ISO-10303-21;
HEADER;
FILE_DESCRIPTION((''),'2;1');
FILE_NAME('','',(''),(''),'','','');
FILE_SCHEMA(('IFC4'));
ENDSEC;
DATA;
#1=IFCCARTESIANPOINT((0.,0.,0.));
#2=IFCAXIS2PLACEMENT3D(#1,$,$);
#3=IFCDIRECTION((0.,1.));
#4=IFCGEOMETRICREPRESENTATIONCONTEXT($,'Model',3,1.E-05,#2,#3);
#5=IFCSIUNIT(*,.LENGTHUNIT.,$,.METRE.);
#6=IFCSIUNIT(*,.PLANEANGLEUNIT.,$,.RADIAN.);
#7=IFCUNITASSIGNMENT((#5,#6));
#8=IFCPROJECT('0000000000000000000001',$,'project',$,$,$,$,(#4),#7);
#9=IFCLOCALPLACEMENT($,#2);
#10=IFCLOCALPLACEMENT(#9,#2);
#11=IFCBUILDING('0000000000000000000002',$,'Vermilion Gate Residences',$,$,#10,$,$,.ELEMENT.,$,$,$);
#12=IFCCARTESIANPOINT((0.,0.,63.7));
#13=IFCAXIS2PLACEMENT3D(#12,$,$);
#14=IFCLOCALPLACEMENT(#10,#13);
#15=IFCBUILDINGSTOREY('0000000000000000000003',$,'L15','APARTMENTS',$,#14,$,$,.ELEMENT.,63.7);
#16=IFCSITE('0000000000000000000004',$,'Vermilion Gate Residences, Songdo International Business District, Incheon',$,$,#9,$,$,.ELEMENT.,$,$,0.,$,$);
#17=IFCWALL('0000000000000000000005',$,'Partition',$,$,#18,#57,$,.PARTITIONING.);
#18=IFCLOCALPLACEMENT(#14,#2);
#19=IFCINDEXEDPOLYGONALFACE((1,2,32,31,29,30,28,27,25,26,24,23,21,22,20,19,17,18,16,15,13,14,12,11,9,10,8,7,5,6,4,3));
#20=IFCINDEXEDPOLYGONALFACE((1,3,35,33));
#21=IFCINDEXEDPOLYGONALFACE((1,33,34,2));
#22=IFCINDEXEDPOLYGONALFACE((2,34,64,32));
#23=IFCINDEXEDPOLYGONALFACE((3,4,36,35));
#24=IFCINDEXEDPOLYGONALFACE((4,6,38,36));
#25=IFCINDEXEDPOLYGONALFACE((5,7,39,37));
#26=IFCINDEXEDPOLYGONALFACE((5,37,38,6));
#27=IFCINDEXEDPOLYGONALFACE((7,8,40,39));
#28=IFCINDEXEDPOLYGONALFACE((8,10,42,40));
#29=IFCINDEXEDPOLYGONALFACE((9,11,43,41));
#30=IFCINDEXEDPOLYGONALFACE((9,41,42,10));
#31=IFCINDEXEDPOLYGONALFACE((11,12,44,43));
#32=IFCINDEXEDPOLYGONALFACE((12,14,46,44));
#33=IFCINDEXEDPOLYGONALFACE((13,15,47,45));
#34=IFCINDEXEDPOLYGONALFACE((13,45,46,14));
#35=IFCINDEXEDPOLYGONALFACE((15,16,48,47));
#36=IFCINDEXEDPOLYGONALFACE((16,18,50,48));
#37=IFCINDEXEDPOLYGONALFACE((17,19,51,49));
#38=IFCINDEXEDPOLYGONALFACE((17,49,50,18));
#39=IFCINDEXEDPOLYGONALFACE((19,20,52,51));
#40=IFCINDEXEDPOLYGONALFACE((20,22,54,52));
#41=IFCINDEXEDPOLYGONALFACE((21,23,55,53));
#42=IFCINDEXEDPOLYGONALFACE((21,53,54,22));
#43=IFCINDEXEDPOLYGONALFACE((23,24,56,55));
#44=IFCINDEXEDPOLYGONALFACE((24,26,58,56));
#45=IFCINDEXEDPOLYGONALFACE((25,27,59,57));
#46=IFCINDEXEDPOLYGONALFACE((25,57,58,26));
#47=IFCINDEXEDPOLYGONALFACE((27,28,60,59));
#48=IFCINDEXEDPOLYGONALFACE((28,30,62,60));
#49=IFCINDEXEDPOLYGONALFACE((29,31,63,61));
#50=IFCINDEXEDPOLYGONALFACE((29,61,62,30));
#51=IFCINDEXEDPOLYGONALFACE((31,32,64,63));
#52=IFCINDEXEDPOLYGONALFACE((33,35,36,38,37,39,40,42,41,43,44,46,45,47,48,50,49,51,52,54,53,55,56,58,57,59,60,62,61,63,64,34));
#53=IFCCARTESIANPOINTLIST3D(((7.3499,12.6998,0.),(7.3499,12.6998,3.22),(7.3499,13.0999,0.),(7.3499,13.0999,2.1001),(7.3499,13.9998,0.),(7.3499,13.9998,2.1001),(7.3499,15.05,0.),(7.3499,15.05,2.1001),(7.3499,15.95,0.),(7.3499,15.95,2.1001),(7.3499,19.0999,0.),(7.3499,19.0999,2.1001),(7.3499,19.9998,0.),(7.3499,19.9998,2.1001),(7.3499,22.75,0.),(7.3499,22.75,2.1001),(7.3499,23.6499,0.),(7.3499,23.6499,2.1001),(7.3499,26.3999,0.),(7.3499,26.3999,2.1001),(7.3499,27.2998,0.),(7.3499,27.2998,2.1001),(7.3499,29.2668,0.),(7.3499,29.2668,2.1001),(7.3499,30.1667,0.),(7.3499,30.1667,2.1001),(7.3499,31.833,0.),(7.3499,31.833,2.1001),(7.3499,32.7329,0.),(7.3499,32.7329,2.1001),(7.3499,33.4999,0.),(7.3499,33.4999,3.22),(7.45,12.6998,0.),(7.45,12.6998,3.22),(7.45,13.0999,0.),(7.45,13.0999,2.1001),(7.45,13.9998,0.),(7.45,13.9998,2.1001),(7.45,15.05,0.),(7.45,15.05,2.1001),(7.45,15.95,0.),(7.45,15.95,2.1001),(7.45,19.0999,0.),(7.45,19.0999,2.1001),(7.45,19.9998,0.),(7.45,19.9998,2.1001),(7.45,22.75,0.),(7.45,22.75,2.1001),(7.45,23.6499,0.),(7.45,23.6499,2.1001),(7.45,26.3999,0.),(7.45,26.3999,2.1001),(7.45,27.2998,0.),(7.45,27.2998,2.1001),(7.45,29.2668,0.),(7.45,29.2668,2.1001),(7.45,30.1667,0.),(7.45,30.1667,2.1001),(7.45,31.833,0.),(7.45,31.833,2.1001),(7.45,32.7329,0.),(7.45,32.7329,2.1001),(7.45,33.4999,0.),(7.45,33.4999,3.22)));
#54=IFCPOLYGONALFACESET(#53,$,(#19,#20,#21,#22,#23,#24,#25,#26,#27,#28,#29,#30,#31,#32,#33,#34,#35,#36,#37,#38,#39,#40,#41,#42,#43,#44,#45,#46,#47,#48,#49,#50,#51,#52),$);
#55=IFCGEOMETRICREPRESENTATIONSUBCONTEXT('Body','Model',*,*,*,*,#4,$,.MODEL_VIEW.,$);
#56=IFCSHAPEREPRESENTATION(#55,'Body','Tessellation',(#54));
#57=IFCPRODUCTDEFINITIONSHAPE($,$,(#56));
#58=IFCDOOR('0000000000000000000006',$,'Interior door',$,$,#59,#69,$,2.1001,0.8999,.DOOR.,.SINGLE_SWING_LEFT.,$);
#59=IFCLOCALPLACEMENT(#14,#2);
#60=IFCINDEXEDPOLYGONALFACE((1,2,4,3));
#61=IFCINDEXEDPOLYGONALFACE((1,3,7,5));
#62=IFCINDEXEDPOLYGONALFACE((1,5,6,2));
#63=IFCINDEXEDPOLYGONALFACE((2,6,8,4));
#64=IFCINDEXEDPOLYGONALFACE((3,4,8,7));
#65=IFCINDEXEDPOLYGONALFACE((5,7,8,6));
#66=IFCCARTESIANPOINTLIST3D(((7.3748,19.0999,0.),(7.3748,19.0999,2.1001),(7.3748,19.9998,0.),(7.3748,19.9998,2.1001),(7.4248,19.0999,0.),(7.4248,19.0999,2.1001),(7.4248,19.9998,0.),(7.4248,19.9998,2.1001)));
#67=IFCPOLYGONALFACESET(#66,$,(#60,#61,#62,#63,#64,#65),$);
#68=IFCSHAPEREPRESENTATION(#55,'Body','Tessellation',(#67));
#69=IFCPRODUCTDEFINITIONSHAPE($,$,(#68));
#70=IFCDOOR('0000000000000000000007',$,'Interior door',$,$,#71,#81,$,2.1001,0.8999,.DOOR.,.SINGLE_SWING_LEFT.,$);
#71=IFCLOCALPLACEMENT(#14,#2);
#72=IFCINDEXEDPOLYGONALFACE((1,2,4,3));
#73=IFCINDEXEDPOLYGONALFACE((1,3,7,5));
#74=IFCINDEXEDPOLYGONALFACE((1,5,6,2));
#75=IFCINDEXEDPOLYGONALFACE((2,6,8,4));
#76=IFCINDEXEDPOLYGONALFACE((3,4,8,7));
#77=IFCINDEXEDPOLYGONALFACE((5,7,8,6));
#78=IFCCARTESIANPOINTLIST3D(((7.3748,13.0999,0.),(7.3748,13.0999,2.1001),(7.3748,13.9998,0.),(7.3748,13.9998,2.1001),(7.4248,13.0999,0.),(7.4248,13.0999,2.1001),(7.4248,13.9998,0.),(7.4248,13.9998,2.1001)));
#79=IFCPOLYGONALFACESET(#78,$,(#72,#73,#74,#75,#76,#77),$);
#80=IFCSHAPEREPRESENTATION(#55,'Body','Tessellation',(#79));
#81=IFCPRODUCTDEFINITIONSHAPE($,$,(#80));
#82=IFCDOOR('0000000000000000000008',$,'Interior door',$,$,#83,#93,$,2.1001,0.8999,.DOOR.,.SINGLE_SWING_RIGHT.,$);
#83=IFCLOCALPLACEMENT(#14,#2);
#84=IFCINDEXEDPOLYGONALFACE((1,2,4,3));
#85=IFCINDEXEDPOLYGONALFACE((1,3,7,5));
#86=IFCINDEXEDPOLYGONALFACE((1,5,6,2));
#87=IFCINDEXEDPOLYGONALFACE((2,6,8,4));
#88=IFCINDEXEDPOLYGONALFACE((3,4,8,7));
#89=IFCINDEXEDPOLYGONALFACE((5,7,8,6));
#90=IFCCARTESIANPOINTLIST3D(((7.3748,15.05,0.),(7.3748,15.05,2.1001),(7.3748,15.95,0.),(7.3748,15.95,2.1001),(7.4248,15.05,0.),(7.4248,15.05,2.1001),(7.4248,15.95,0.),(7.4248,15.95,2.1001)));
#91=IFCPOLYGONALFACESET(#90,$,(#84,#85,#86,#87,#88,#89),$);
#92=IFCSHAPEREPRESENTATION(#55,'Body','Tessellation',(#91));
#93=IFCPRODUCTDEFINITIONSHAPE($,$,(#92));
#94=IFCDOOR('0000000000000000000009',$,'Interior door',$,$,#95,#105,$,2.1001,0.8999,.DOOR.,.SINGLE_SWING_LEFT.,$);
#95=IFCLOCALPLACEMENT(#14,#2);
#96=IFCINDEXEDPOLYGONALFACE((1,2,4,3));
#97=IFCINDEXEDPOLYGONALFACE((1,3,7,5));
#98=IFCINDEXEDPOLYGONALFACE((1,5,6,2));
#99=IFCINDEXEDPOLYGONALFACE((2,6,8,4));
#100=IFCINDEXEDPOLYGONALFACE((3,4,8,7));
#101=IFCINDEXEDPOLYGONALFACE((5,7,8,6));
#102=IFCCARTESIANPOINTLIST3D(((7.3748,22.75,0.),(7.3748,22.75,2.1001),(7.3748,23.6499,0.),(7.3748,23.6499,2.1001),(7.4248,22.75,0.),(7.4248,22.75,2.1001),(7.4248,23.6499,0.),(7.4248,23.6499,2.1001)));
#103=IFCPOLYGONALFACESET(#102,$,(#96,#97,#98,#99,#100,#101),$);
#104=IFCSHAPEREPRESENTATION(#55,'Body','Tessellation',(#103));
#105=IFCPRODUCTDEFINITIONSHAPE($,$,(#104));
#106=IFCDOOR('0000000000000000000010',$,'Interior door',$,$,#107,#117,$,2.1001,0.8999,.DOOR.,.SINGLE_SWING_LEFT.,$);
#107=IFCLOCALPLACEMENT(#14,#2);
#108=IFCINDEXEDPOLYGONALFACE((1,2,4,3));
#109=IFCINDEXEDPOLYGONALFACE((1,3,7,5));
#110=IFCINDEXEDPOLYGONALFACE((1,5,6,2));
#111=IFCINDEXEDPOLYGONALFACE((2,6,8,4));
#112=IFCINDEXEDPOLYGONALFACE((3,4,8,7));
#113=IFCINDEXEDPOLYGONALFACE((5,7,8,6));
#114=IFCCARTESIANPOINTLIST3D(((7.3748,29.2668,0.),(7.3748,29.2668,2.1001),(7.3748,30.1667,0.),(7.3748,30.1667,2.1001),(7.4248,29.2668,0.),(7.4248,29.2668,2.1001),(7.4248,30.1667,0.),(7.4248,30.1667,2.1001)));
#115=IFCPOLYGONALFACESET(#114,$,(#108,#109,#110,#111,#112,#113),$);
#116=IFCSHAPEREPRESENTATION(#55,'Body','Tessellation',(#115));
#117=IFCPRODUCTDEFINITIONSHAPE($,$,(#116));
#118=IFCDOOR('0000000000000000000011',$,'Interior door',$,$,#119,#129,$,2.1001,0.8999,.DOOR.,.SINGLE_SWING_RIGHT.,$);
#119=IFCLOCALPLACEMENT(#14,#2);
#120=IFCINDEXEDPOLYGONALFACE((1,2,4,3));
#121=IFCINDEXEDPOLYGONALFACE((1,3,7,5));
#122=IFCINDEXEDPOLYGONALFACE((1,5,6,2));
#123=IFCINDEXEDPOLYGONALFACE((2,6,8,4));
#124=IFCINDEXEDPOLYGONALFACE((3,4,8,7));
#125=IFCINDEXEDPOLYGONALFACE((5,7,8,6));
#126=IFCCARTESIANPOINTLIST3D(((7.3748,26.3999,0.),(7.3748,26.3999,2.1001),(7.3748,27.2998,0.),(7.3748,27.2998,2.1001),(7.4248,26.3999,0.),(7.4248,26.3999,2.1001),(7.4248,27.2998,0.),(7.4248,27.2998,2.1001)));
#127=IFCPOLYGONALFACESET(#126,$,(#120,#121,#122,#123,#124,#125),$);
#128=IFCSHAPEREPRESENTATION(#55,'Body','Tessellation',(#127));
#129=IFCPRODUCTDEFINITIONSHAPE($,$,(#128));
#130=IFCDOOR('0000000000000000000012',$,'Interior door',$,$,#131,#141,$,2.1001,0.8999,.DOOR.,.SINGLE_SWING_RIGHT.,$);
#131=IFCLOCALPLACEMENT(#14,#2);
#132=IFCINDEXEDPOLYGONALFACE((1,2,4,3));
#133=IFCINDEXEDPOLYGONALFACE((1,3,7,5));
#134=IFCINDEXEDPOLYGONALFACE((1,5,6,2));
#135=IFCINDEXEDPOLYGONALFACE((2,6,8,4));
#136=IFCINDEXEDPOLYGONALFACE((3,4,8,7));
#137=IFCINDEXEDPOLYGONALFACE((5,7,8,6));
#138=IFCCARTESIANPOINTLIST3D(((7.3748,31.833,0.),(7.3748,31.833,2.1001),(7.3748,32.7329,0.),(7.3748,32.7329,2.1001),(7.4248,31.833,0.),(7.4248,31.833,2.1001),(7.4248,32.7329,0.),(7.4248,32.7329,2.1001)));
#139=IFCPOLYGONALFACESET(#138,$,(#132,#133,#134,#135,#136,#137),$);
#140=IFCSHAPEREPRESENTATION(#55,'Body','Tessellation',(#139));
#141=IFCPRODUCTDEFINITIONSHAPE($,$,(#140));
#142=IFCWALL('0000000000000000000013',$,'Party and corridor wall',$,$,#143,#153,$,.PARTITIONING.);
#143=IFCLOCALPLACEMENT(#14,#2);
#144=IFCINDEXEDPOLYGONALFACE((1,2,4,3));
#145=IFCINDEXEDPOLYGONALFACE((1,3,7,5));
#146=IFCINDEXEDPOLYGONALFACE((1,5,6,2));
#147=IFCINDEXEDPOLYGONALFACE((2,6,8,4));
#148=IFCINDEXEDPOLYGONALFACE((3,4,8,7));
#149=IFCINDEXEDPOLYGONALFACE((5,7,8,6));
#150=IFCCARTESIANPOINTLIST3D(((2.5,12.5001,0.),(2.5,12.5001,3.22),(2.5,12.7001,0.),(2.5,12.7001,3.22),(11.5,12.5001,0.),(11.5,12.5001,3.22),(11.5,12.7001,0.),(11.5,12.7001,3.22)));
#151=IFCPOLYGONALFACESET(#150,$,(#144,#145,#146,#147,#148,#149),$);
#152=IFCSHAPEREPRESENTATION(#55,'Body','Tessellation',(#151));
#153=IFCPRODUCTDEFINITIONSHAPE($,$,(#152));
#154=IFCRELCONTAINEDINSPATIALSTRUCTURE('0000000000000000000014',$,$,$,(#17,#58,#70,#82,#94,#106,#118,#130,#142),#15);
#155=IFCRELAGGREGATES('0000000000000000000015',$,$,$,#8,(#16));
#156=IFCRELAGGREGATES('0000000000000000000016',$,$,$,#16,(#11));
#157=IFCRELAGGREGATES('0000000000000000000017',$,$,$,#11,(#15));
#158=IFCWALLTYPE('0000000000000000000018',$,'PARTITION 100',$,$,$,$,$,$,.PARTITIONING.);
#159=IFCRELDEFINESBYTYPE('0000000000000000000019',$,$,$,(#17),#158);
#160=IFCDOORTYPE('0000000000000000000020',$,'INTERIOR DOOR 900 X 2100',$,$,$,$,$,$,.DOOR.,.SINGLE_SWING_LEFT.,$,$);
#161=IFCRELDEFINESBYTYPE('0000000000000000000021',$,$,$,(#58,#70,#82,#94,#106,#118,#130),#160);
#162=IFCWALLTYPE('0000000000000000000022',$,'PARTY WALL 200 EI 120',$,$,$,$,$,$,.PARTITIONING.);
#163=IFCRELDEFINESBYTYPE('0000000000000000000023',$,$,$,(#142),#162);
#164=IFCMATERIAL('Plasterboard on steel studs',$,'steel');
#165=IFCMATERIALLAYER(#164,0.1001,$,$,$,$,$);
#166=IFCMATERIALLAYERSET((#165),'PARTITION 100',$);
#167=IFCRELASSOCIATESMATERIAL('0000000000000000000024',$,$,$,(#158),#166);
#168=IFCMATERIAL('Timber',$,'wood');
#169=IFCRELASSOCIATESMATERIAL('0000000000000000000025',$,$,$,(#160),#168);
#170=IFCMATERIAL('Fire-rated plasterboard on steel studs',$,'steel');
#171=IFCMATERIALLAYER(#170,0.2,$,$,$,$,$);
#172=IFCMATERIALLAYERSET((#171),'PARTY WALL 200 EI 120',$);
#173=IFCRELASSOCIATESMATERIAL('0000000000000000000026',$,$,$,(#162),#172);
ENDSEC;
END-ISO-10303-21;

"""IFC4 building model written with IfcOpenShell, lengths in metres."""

from ifc_helpers import new_model, si_unit, direction, frame, frame_2d, origin, place, context, subcontext, project, spatial, rectangle, extrude, material, layer, layer_set, type_object, element, fill, save


model = new_model("IFC4")

# Units and contexts
model_context = context("Model", 3, precision=1e-05, world=origin(), true_north=direction((0.0, 1.0)))
body_context = subcontext(model_context, "Body", "Model", "MODEL_VIEW")
ifc_project = project(units=[si_unit("LENGTHUNIT", "METRE"), si_unit("PLANEANGLEUNIT", "RADIAN")], contexts=[model_context])

# Site, building, storey
site_placement = place(None, origin())
site = spatial("IfcSite", under=ifc_project, at=site_placement, Name="Vermilion Gate Residences, Songdo International Business District, Incheon", CompositionType="ELEMENT", RefElevation=0.0)
building_placement = place(site_placement, origin())
building = spatial("IfcBuilding", under=site, at=building_placement, Name="Vermilion Gate Residences", CompositionType="ELEMENT")
storey_placement = place(building_placement, frame((0.0, 0.0, 63.7)))
storey = spatial("IfcBuildingStorey", under=building, at=storey_placement, Name="L15", Description="APARTMENTS", CompositionType="ELEMENT", Elevation=63.7)

# Shared definitions
ifc_material_1 = material(Name="Plasterboard on steel studs", Category="steel")
ifc_layer_1 = layer(ifc_material_1, 0.1001)
ifc_layer_set_1 = layer_set([ifc_layer_1], Name="PARTITION 100")
wall_type_1 = type_object("IfcWallType", Name="PARTITION 100", PredefinedType="PARTITIONING", material=ifc_layer_set_1)

# Wall, openings, doors
ifc_material_2 = material(Name="Timber", Category="wood")
door_type = type_object("IfcDoorType", Name="INTERIOR DOOR 900 X 2100", OperationType="SINGLE_SWING_LEFT", PredefinedType="DOOR", material=ifc_material_2)
wall_1_placement = place(storey_placement, frame((7.3999, 12.7, 0.0), z_axis=(0.0, 0.0, 1.0), x_axis=(0.0, 1.0, 0.0)))
wall_1 = element("IfcWall", 1, at=wall_1_placement, inside=storey, type_object=wall_type_1, Name="Partition", PredefinedType="PARTITIONING", context=body_context, shape_type="SweptSolid", body=[
    extrude(rectangle(XDim=20.8, YDim=0.1001, at=frame_2d((10.3999, 0.0))), origin(), (0.0, 0.0, 1.0), 3.22),
])
opening_1_placement = place(wall_1_placement, frame((6.3999, 0.0, 0.0)))
opening_1 = element("IfcOpeningElement", 2, at=opening_1_placement, cuts=wall_1, PredefinedType="OPENING", context=body_context, shape_type="SweptSolid", body=[
    extrude(rectangle(XDim=0.8999, YDim=2.1001, at=frame_2d((0.45, 1.05))), frame((0.0, 0.0601, 0.0), z_axis=(0.0, -1.0, 0.0), x_axis=(1.0, 0.0, 0.0)), (0.0, 0.0, 1.0), 0.1201),
])
opening_2_placement = place(wall_1_placement, frame((0.3999, 0.0, 0.0)))
opening_2 = element("IfcOpeningElement", 3, at=opening_2_placement, cuts=wall_1, PredefinedType="OPENING", context=body_context, shape_type="SweptSolid", body=[
    extrude(rectangle(XDim=0.8999, YDim=2.1001, at=frame_2d((0.45, 1.05))), frame((0.0, 0.0601, 0.0), z_axis=(0.0, -1.0, 0.0), x_axis=(1.0, 0.0, 0.0)), (0.0, 0.0, 1.0), 0.1201),
])
opening_3_placement = place(wall_1_placement, frame((2.3501, 0.0, 0.0)))
opening_3 = element("IfcOpeningElement", 4, at=opening_3_placement, cuts=wall_1, PredefinedType="OPENING", context=body_context, shape_type="SweptSolid", body=[
    extrude(rectangle(XDim=0.8999, YDim=2.1001, at=frame_2d((0.45, 1.05))), frame((0.0, 0.0601, 0.0), z_axis=(0.0, -1.0, 0.0), x_axis=(1.0, 0.0, 0.0)), (0.0, 0.0, 1.0), 0.1201),
])
opening_4_placement = place(wall_1_placement, frame((10.05, 0.0, 0.0)))
opening_4 = element("IfcOpeningElement", 5, at=opening_4_placement, cuts=wall_1, PredefinedType="OPENING", context=body_context, shape_type="SweptSolid", body=[
    extrude(rectangle(XDim=0.8999, YDim=2.1001, at=frame_2d((0.45, 1.05))), frame((0.0, 0.0601, 0.0), z_axis=(0.0, -1.0, 0.0), x_axis=(1.0, 0.0, 0.0)), (0.0, 0.0, 1.0), 0.1201),
])
opening_5_placement = place(wall_1_placement, frame((16.5669, 0.0, 0.0)))
opening_5 = element("IfcOpeningElement", 6, at=opening_5_placement, cuts=wall_1, PredefinedType="OPENING", context=body_context, shape_type="SweptSolid", body=[
    extrude(rectangle(XDim=0.8999, YDim=2.1001, at=frame_2d((0.45, 1.05))), frame((0.0, 0.0601, 0.0), z_axis=(0.0, -1.0, 0.0), x_axis=(1.0, 0.0, 0.0)), (0.0, 0.0, 1.0), 0.1201),
])
opening_6_placement = place(wall_1_placement, frame((13.7, 0.0, 0.0)))
opening_6 = element("IfcOpeningElement", 7, at=opening_6_placement, cuts=wall_1, PredefinedType="OPENING", context=body_context, shape_type="SweptSolid", body=[
    extrude(rectangle(XDim=0.8999, YDim=2.1001, at=frame_2d((0.45, 1.05))), frame((0.0, 0.0601, 0.0), z_axis=(0.0, -1.0, 0.0), x_axis=(1.0, 0.0, 0.0)), (0.0, 0.0, 1.0), 0.1201),
])
opening_7_placement = place(wall_1_placement, frame((19.1331, 0.0, 0.0)))
opening_7 = element("IfcOpeningElement", 8, at=opening_7_placement, cuts=wall_1, PredefinedType="OPENING", context=body_context, shape_type="SweptSolid", body=[
    extrude(rectangle(XDim=0.8999, YDim=2.1001, at=frame_2d((0.45, 1.05))), frame((0.0, 0.0601, 0.0), z_axis=(0.0, -1.0, 0.0), x_axis=(1.0, 0.0, 0.0)), (0.0, 0.0, 1.0), 0.1201),
])
door_1_placement = place(opening_1_placement, frame((0.8999, 0.0, 0.0), z_axis=(0.0, 0.0, 1.0), x_axis=(-1.0, 0.0, 0.0)))
door_1 = element("IfcDoor", 9, at=door_1_placement, inside=storey, type_object=door_type, Name="Interior door", OperationType="SINGLE_SWING_LEFT", OverallHeight=2.1001, OverallWidth=0.8999, PredefinedType="DOOR", context=body_context, shape_type="SweptSolid", body=[
    extrude(rectangle(XDim=0.8999, YDim=2.1001, at=frame_2d((0.45, 1.05))), frame((0.0, 0.0249, 0.0), z_axis=(0.0, -1.0, 0.0), x_axis=(1.0, 0.0, 0.0)), (0.0, 0.0, 1.0), 0.05),
])
fill(opening_1, door_1)
door_2_placement = place(opening_2_placement, frame((0.8999, 0.0, 0.0), z_axis=(0.0, 0.0, 1.0), x_axis=(-1.0, 0.0, 0.0)))
door_2 = element("IfcDoor", 10, at=door_2_placement, inside=storey, type_object=door_type, Name="Interior door", OperationType="SINGLE_SWING_LEFT", OverallHeight=2.1001, OverallWidth=0.8999, PredefinedType="DOOR", context=body_context, shape_type="SweptSolid", body=[
    extrude(rectangle(XDim=0.8999, YDim=2.1001, at=frame_2d((0.45, 1.05))), frame((0.0, 0.0249, 0.0), z_axis=(0.0, -1.0, 0.0), x_axis=(1.0, 0.0, 0.0)), (0.0, 0.0, 1.0), 0.05),
])
fill(opening_2, door_2)
door_3_placement = place(opening_3_placement, frame((0.8999, 0.0, 0.0), z_axis=(0.0, 0.0, 1.0), x_axis=(-1.0, 0.0, 0.0)))
door_3 = element("IfcDoor", 11, at=door_3_placement, inside=storey, type_object=door_type, Name="Interior door", OperationType="SINGLE_SWING_RIGHT", OverallHeight=2.1001, OverallWidth=0.8999, PredefinedType="DOOR", context=body_context, shape_type="SweptSolid", body=[
    extrude(rectangle(XDim=0.8999, YDim=2.1001, at=frame_2d((0.45, 1.05))), frame((0.0, 0.0249, 0.0), z_axis=(0.0, -1.0, 0.0), x_axis=(1.0, 0.0, 0.0)), (0.0, 0.0, 1.0), 0.05),
])
fill(opening_3, door_3)
door_4_placement = place(opening_4_placement, frame((0.8999, 0.0, 0.0), z_axis=(0.0, 0.0, 1.0), x_axis=(-1.0, 0.0, 0.0)))
door_4 = element("IfcDoor", 12, at=door_4_placement, inside=storey, type_object=door_type, Name="Interior door", OperationType="SINGLE_SWING_LEFT", OverallHeight=2.1001, OverallWidth=0.8999, PredefinedType="DOOR", context=body_context, shape_type="SweptSolid", body=[
    extrude(rectangle(XDim=0.8999, YDim=2.1001, at=frame_2d((0.45, 1.05))), frame((0.0, 0.0249, 0.0), z_axis=(0.0, -1.0, 0.0), x_axis=(1.0, 0.0, 0.0)), (0.0, 0.0, 1.0), 0.05),
])
fill(opening_4, door_4)
door_5_placement = place(opening_5_placement, frame((0.8999, 0.0, 0.0), z_axis=(0.0, 0.0, 1.0), x_axis=(-1.0, 0.0, 0.0)))
door_5 = element("IfcDoor", 13, at=door_5_placement, inside=storey, type_object=door_type, Name="Interior door", OperationType="SINGLE_SWING_LEFT", OverallHeight=2.1001, OverallWidth=0.8999, PredefinedType="DOOR", context=body_context, shape_type="SweptSolid", body=[
    extrude(rectangle(XDim=0.8999, YDim=2.1001, at=frame_2d((0.45, 1.05))), frame((0.0, 0.0249, 0.0), z_axis=(0.0, -1.0, 0.0), x_axis=(1.0, 0.0, 0.0)), (0.0, 0.0, 1.0), 0.05),
])
fill(opening_5, door_5)
door_6_placement = place(opening_6_placement, frame((0.8999, 0.0, 0.0), z_axis=(0.0, 0.0, 1.0), x_axis=(-1.0, 0.0, 0.0)))
door_6 = element("IfcDoor", 14, at=door_6_placement, inside=storey, type_object=door_type, Name="Interior door", OperationType="SINGLE_SWING_RIGHT", OverallHeight=2.1001, OverallWidth=0.8999, PredefinedType="DOOR", context=body_context, shape_type="SweptSolid", body=[
    extrude(rectangle(XDim=0.8999, YDim=2.1001, at=frame_2d((0.45, 1.05))), frame((0.0, 0.0249, 0.0), z_axis=(0.0, -1.0, 0.0), x_axis=(1.0, 0.0, 0.0)), (0.0, 0.0, 1.0), 0.05),
])
fill(opening_6, door_6)
door_7_placement = place(opening_7_placement, frame((0.8999, 0.0, 0.0), z_axis=(0.0, 0.0, 1.0), x_axis=(-1.0, 0.0, 0.0)))
door_7 = element("IfcDoor", 15, at=door_7_placement, inside=storey, type_object=door_type, Name="Interior door", OperationType="SINGLE_SWING_RIGHT", OverallHeight=2.1001, OverallWidth=0.8999, PredefinedType="DOOR", context=body_context, shape_type="SweptSolid", body=[
    extrude(rectangle(XDim=0.8999, YDim=2.1001, at=frame_2d((0.45, 1.05))), frame((0.0, 0.0249, 0.0), z_axis=(0.0, -1.0, 0.0), x_axis=(1.0, 0.0, 0.0)), (0.0, 0.0, 1.0), 0.05),
])
fill(opening_7, door_7)

# Wall
ifc_material_3 = material(Name="Fire-rated plasterboard on steel studs", Category="steel")
ifc_layer_2 = layer(ifc_material_3, 0.2)
ifc_layer_set_2 = layer_set([ifc_layer_2], Name="PARTY WALL 200 EI 120")
wall_type_2 = type_object("IfcWallType", Name="PARTY WALL 200 EI 120", PredefinedType="PARTITIONING", material=ifc_layer_set_2)
wall_2_placement = place(storey_placement, frame((2.5, 12.6001, 0.0), z_axis=(0.0, 0.0, 1.0), x_axis=(1.0, 0.0, 0.0)))
element("IfcWall", 16, at=wall_2_placement, inside=storey, type_object=wall_type_2, Name="Party and corridor wall", PredefinedType="PARTITIONING", context=body_context, shape_type="SweptSolid", body=[
    extrude(rectangle(XDim=9.0, YDim=0.2, at=frame_2d((4.5, 0.0))), origin(), (0.0, 0.0, 1.0), 3.22),
])

save(model, "model.ifc")
